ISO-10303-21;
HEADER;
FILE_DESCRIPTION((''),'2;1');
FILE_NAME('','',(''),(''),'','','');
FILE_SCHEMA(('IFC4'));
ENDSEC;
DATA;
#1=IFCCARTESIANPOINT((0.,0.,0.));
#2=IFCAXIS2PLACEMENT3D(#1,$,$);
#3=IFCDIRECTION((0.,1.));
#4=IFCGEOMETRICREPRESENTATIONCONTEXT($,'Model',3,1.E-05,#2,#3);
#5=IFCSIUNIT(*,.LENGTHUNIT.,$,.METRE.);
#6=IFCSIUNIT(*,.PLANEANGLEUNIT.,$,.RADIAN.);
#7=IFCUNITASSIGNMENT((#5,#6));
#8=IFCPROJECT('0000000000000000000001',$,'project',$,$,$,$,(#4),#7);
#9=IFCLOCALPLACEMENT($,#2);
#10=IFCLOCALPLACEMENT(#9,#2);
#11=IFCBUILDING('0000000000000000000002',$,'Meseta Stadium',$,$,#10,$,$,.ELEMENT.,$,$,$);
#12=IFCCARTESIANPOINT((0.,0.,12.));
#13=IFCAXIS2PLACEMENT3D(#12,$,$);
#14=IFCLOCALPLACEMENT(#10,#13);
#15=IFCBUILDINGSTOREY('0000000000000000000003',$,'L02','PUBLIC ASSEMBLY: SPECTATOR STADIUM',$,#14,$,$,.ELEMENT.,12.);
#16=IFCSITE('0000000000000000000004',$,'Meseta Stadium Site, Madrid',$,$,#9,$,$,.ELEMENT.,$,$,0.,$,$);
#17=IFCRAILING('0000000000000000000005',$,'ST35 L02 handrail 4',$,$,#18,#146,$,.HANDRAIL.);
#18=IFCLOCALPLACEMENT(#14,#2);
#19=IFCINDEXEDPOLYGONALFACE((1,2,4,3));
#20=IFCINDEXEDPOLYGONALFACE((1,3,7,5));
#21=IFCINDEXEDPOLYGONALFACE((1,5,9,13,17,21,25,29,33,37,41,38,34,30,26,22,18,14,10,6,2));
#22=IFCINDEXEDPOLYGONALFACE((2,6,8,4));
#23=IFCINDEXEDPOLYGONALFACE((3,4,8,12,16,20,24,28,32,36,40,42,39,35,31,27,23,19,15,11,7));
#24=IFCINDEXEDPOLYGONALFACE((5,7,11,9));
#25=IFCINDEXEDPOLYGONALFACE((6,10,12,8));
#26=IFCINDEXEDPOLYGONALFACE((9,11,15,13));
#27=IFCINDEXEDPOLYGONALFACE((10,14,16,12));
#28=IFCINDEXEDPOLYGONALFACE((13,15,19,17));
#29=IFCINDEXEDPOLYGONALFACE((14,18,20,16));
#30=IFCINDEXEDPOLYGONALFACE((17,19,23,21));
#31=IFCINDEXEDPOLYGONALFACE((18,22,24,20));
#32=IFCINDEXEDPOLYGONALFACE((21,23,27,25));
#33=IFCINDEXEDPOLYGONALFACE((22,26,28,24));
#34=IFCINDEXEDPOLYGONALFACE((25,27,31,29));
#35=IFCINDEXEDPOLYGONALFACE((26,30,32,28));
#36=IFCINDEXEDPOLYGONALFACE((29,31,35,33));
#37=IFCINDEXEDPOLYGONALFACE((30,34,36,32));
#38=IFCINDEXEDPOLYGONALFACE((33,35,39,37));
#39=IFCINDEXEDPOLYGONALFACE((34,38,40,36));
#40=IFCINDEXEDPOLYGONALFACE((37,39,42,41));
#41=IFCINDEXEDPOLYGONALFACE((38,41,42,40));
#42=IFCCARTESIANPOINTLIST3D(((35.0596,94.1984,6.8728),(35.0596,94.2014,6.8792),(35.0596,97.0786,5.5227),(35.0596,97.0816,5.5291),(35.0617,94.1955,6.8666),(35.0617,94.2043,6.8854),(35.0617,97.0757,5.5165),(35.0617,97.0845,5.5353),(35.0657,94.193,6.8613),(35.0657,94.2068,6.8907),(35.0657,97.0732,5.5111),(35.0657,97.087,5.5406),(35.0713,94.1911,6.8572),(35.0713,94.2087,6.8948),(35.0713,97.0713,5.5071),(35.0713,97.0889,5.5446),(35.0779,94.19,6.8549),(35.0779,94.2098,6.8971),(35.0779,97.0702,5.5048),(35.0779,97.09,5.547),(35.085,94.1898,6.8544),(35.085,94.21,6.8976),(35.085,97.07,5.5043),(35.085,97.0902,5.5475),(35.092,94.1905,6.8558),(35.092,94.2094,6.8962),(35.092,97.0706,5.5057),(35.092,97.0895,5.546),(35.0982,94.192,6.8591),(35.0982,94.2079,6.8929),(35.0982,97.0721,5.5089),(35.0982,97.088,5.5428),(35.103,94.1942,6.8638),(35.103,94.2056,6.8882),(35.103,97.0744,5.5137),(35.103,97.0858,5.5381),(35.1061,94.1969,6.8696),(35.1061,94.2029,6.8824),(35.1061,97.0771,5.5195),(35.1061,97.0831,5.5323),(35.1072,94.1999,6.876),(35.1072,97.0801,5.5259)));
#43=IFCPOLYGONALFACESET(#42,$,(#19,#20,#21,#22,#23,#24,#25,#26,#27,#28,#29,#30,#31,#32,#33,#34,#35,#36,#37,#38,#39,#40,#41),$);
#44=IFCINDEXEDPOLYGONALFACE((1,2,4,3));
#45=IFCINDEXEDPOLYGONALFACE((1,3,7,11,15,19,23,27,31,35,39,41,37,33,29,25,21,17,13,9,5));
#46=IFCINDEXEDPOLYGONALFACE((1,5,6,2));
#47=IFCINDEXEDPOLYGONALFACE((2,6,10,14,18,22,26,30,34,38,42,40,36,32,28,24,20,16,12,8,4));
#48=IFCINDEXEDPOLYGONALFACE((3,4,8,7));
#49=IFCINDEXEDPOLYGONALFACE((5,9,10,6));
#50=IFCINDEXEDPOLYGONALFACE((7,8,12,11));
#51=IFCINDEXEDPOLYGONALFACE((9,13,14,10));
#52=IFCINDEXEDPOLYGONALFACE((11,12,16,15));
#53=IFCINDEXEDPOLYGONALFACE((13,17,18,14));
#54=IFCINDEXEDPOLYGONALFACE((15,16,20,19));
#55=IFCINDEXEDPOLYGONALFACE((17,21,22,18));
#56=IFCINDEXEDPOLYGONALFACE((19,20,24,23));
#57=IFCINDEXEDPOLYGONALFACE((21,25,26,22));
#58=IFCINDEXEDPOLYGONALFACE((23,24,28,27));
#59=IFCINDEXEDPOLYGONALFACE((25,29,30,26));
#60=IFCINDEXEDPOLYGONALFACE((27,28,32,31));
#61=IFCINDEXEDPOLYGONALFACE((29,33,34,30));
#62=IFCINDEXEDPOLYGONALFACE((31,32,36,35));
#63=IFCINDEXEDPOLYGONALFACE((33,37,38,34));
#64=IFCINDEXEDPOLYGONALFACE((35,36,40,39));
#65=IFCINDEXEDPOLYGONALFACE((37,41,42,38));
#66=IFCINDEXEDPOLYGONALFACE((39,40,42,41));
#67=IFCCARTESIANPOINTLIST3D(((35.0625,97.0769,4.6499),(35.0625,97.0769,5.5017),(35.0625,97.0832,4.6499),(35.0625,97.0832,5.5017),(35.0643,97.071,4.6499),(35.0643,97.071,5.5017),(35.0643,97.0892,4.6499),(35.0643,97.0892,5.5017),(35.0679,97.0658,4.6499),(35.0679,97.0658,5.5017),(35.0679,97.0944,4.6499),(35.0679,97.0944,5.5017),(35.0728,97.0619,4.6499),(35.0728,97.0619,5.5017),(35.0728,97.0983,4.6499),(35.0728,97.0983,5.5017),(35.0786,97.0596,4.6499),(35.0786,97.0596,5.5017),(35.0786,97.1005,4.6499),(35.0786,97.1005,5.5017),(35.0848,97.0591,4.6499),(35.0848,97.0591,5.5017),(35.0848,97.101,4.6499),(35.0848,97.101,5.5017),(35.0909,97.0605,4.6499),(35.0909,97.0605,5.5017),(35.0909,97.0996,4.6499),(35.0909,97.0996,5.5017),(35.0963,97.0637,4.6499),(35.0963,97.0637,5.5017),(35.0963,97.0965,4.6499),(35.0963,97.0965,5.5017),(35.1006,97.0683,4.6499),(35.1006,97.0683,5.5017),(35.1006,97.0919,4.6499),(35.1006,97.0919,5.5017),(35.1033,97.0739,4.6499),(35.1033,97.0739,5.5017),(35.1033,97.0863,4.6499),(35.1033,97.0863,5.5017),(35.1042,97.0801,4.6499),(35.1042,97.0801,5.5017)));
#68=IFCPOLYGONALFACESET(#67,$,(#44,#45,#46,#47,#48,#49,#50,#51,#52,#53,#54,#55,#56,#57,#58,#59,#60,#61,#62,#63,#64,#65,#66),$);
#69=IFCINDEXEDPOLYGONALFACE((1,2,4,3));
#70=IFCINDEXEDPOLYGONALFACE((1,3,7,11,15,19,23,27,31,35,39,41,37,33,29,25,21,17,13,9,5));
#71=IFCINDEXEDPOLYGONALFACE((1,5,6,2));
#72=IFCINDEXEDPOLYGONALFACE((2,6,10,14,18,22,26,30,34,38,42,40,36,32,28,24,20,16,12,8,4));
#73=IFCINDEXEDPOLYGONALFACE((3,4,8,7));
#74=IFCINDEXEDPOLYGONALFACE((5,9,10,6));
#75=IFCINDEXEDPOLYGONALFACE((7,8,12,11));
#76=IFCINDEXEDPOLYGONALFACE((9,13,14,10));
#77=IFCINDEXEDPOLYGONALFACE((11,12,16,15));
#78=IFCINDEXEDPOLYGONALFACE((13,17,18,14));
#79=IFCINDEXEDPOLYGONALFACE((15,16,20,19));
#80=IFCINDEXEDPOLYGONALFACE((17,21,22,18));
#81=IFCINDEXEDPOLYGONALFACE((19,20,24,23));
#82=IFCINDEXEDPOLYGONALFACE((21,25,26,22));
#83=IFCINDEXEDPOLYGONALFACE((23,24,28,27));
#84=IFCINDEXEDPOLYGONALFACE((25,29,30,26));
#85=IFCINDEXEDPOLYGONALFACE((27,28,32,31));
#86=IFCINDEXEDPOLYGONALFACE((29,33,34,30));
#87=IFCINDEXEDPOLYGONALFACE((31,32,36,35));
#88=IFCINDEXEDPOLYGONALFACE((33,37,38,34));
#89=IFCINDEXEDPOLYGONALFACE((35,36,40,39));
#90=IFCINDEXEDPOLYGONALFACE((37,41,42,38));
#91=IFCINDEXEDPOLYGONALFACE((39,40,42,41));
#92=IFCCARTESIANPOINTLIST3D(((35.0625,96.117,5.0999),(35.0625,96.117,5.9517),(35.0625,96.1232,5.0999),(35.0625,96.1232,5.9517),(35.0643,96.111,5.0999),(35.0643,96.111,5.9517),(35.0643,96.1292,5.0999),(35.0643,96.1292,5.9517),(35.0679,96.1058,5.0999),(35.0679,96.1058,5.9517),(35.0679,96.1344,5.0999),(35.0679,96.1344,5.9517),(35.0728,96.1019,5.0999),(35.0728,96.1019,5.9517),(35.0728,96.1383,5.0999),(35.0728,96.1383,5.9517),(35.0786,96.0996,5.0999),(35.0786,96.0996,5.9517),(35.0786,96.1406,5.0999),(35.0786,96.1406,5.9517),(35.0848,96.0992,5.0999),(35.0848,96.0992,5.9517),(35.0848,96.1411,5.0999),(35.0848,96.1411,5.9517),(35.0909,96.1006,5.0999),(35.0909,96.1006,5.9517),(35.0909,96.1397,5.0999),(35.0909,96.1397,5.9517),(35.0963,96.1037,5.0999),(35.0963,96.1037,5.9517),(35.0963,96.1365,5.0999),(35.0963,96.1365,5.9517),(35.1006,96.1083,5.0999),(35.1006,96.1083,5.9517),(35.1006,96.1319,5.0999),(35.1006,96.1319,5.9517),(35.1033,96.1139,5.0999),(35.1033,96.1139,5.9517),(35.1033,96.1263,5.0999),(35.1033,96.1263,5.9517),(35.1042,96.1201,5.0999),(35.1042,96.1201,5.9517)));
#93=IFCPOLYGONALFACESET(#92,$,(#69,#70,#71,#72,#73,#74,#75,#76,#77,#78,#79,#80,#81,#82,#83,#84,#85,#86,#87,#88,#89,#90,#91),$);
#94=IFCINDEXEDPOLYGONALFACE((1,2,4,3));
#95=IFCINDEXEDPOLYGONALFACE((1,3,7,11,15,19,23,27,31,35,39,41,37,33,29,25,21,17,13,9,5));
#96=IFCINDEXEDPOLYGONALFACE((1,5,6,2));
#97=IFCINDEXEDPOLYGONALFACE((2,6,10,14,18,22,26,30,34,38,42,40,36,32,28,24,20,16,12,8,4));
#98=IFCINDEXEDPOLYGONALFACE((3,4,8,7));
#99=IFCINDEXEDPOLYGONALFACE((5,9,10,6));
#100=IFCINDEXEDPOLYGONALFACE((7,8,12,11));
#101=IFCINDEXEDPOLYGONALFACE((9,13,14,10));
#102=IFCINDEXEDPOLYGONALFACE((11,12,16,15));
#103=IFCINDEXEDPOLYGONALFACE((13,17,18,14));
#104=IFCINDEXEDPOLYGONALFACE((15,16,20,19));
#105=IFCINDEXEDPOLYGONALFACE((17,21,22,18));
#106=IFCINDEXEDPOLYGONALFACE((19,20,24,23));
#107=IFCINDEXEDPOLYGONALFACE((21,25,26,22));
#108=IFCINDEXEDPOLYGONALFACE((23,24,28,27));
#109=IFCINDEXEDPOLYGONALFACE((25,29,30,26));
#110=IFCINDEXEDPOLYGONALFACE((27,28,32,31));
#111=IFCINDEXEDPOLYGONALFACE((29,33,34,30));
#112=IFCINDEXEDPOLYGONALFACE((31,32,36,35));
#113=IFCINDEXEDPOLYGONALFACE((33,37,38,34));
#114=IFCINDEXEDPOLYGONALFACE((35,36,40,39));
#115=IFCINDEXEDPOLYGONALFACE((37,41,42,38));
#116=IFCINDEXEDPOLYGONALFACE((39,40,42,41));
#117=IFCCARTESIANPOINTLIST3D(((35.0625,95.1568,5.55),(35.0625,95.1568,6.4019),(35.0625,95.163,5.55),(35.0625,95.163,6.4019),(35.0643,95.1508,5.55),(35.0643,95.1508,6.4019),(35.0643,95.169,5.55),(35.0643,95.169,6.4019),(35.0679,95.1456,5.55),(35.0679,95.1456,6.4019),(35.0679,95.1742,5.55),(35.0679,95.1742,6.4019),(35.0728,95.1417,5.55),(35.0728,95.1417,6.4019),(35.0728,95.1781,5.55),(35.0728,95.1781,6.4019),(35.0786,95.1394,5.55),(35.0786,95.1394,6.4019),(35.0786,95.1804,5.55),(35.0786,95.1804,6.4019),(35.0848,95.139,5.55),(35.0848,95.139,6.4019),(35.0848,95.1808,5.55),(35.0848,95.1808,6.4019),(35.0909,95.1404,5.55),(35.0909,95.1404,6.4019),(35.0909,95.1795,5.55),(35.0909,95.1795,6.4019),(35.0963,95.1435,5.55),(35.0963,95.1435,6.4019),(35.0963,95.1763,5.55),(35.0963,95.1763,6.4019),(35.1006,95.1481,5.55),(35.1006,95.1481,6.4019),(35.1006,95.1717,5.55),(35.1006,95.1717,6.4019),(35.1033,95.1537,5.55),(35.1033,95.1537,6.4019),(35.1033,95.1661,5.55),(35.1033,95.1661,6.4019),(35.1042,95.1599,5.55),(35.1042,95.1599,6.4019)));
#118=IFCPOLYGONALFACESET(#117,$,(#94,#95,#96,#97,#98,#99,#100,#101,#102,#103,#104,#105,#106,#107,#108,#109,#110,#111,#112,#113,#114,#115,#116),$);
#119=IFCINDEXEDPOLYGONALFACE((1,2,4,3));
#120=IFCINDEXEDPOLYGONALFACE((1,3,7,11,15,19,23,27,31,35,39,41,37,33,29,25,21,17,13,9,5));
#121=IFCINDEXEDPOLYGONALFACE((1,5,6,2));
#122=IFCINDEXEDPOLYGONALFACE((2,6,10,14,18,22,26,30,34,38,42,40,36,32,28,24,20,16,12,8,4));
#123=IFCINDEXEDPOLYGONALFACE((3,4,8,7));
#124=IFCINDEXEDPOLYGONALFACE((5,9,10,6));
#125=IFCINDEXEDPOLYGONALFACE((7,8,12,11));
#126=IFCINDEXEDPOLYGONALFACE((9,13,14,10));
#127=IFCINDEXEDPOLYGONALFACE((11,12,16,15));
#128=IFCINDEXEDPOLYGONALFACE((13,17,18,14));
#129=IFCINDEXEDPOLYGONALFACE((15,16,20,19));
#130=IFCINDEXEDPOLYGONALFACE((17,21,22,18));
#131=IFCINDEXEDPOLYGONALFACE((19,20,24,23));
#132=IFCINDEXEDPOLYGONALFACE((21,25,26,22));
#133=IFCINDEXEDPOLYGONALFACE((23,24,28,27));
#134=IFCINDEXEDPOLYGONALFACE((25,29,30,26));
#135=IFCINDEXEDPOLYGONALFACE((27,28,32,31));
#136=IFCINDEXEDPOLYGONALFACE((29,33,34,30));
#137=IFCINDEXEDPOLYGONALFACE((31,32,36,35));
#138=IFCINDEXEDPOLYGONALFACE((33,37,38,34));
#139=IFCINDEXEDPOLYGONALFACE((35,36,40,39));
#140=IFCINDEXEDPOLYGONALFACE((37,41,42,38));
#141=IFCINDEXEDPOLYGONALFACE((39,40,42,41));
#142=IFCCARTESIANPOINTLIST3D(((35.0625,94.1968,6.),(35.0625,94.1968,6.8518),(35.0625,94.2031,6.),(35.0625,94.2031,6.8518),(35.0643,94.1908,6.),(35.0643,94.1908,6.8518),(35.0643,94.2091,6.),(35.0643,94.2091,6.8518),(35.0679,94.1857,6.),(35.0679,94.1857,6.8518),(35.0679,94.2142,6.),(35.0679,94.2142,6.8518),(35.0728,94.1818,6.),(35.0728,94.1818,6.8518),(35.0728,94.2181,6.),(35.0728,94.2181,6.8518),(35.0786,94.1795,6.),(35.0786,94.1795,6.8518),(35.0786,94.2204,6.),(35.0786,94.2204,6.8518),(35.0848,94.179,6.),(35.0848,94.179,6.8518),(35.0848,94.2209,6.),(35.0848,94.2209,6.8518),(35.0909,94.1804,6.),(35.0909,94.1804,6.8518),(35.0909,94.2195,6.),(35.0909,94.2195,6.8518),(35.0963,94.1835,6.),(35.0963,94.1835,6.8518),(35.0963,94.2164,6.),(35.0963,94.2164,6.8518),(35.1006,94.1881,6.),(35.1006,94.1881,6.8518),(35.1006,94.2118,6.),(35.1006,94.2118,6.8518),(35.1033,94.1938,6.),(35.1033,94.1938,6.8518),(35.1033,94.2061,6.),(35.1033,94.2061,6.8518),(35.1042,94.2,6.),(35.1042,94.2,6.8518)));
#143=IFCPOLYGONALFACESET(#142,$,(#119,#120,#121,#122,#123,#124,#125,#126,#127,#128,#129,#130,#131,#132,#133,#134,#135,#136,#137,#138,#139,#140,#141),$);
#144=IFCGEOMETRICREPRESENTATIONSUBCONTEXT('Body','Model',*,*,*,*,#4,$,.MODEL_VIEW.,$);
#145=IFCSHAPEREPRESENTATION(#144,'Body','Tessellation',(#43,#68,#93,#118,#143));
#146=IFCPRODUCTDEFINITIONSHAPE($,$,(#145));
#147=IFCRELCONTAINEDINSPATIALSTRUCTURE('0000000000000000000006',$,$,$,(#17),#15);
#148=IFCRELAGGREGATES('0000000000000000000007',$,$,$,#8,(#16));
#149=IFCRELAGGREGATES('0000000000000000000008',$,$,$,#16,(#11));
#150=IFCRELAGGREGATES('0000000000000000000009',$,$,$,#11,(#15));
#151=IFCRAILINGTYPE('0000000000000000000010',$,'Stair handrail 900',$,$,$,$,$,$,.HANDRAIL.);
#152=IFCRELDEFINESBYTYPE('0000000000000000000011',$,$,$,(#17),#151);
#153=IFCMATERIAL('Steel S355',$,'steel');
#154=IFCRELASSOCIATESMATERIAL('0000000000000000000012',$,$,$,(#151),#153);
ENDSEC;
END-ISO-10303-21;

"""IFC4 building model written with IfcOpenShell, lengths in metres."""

from ifc_helpers import new_model, si_unit, direction, frame, origin, origin_2d, place, context, subcontext, project, spatial, circle, extrude, material, type_object, element, save


model = new_model("IFC4")

# Units and contexts
model_context = context("Model", 3, precision=1e-05, world=origin(), true_north=direction((0.0, 1.0)))
body_context = subcontext(model_context, "Body", "Model", "MODEL_VIEW")
ifc_project = project(units=[si_unit("LENGTHUNIT", "METRE"), si_unit("PLANEANGLEUNIT", "RADIAN")], contexts=[model_context])

# Site, building, storey
site_placement = place(None, origin())
site = spatial("IfcSite", under=ifc_project, at=site_placement, Name="Meseta Stadium Site, Madrid", CompositionType="ELEMENT", RefElevation=0.0)
building_placement = place(site_placement, origin())
building = spatial("IfcBuilding", under=site, at=building_placement, Name="Meseta Stadium", CompositionType="ELEMENT")
storey_placement = place(building_placement, frame((0.0, 0.0, 12.0)))
storey = spatial("IfcBuildingStorey", under=building, at=storey_placement, Name="L02", Description="PUBLIC ASSEMBLY: SPECTATOR STADIUM", CompositionType="ELEMENT", Elevation=12.0)

# Railing
ifc_material_1 = material(Name="Steel S355", Category="steel")
railing_type_1 = type_object("IfcRailingType", Name="Stair handrail 900", PredefinedType="HANDRAIL", material=ifc_material_1)
for number, where, name in (
    (1, (35.0833, 97.0801, 4.6499), "ST35 L02 handrail 4"),
):
    element("IfcRailing", number, at=place(storey_placement, frame(where)), inside=storey, type_object=railing_type_1, Name=name, PredefinedType="HANDRAIL", context=body_context, shape_type="SweptSolid", body=[
        extrude(circle(Radius=0.0239, at=origin_2d()), frame((0.0, 0.0, 0.876), z_axis=(0.0, -0.905454, 0.424444), x_axis=(1.0, 0.0, 0.0)), (0.0, 0.0, 1.0), 3.1809),
        extrude(circle(Radius=0.021, at=origin_2d()), origin(), (0.0, 0.0, 1.0), 0.8518),
        extrude(circle(Radius=0.021, at=origin_2d()), frame((0.0, -0.96, 0.45)), (0.0, 0.0, 1.0), 0.8518),
        extrude(circle(Radius=0.021, at=origin_2d()), frame((0.0, -1.9202, 0.9001)), (0.0, 0.0, 1.0), 0.8518),
        extrude(circle(Radius=0.021, at=origin_2d()), frame((0.0, -2.8801, 1.3501)), (0.0, 0.0, 1.0), 0.8518),
    ])

save(model, "model.ifc")
